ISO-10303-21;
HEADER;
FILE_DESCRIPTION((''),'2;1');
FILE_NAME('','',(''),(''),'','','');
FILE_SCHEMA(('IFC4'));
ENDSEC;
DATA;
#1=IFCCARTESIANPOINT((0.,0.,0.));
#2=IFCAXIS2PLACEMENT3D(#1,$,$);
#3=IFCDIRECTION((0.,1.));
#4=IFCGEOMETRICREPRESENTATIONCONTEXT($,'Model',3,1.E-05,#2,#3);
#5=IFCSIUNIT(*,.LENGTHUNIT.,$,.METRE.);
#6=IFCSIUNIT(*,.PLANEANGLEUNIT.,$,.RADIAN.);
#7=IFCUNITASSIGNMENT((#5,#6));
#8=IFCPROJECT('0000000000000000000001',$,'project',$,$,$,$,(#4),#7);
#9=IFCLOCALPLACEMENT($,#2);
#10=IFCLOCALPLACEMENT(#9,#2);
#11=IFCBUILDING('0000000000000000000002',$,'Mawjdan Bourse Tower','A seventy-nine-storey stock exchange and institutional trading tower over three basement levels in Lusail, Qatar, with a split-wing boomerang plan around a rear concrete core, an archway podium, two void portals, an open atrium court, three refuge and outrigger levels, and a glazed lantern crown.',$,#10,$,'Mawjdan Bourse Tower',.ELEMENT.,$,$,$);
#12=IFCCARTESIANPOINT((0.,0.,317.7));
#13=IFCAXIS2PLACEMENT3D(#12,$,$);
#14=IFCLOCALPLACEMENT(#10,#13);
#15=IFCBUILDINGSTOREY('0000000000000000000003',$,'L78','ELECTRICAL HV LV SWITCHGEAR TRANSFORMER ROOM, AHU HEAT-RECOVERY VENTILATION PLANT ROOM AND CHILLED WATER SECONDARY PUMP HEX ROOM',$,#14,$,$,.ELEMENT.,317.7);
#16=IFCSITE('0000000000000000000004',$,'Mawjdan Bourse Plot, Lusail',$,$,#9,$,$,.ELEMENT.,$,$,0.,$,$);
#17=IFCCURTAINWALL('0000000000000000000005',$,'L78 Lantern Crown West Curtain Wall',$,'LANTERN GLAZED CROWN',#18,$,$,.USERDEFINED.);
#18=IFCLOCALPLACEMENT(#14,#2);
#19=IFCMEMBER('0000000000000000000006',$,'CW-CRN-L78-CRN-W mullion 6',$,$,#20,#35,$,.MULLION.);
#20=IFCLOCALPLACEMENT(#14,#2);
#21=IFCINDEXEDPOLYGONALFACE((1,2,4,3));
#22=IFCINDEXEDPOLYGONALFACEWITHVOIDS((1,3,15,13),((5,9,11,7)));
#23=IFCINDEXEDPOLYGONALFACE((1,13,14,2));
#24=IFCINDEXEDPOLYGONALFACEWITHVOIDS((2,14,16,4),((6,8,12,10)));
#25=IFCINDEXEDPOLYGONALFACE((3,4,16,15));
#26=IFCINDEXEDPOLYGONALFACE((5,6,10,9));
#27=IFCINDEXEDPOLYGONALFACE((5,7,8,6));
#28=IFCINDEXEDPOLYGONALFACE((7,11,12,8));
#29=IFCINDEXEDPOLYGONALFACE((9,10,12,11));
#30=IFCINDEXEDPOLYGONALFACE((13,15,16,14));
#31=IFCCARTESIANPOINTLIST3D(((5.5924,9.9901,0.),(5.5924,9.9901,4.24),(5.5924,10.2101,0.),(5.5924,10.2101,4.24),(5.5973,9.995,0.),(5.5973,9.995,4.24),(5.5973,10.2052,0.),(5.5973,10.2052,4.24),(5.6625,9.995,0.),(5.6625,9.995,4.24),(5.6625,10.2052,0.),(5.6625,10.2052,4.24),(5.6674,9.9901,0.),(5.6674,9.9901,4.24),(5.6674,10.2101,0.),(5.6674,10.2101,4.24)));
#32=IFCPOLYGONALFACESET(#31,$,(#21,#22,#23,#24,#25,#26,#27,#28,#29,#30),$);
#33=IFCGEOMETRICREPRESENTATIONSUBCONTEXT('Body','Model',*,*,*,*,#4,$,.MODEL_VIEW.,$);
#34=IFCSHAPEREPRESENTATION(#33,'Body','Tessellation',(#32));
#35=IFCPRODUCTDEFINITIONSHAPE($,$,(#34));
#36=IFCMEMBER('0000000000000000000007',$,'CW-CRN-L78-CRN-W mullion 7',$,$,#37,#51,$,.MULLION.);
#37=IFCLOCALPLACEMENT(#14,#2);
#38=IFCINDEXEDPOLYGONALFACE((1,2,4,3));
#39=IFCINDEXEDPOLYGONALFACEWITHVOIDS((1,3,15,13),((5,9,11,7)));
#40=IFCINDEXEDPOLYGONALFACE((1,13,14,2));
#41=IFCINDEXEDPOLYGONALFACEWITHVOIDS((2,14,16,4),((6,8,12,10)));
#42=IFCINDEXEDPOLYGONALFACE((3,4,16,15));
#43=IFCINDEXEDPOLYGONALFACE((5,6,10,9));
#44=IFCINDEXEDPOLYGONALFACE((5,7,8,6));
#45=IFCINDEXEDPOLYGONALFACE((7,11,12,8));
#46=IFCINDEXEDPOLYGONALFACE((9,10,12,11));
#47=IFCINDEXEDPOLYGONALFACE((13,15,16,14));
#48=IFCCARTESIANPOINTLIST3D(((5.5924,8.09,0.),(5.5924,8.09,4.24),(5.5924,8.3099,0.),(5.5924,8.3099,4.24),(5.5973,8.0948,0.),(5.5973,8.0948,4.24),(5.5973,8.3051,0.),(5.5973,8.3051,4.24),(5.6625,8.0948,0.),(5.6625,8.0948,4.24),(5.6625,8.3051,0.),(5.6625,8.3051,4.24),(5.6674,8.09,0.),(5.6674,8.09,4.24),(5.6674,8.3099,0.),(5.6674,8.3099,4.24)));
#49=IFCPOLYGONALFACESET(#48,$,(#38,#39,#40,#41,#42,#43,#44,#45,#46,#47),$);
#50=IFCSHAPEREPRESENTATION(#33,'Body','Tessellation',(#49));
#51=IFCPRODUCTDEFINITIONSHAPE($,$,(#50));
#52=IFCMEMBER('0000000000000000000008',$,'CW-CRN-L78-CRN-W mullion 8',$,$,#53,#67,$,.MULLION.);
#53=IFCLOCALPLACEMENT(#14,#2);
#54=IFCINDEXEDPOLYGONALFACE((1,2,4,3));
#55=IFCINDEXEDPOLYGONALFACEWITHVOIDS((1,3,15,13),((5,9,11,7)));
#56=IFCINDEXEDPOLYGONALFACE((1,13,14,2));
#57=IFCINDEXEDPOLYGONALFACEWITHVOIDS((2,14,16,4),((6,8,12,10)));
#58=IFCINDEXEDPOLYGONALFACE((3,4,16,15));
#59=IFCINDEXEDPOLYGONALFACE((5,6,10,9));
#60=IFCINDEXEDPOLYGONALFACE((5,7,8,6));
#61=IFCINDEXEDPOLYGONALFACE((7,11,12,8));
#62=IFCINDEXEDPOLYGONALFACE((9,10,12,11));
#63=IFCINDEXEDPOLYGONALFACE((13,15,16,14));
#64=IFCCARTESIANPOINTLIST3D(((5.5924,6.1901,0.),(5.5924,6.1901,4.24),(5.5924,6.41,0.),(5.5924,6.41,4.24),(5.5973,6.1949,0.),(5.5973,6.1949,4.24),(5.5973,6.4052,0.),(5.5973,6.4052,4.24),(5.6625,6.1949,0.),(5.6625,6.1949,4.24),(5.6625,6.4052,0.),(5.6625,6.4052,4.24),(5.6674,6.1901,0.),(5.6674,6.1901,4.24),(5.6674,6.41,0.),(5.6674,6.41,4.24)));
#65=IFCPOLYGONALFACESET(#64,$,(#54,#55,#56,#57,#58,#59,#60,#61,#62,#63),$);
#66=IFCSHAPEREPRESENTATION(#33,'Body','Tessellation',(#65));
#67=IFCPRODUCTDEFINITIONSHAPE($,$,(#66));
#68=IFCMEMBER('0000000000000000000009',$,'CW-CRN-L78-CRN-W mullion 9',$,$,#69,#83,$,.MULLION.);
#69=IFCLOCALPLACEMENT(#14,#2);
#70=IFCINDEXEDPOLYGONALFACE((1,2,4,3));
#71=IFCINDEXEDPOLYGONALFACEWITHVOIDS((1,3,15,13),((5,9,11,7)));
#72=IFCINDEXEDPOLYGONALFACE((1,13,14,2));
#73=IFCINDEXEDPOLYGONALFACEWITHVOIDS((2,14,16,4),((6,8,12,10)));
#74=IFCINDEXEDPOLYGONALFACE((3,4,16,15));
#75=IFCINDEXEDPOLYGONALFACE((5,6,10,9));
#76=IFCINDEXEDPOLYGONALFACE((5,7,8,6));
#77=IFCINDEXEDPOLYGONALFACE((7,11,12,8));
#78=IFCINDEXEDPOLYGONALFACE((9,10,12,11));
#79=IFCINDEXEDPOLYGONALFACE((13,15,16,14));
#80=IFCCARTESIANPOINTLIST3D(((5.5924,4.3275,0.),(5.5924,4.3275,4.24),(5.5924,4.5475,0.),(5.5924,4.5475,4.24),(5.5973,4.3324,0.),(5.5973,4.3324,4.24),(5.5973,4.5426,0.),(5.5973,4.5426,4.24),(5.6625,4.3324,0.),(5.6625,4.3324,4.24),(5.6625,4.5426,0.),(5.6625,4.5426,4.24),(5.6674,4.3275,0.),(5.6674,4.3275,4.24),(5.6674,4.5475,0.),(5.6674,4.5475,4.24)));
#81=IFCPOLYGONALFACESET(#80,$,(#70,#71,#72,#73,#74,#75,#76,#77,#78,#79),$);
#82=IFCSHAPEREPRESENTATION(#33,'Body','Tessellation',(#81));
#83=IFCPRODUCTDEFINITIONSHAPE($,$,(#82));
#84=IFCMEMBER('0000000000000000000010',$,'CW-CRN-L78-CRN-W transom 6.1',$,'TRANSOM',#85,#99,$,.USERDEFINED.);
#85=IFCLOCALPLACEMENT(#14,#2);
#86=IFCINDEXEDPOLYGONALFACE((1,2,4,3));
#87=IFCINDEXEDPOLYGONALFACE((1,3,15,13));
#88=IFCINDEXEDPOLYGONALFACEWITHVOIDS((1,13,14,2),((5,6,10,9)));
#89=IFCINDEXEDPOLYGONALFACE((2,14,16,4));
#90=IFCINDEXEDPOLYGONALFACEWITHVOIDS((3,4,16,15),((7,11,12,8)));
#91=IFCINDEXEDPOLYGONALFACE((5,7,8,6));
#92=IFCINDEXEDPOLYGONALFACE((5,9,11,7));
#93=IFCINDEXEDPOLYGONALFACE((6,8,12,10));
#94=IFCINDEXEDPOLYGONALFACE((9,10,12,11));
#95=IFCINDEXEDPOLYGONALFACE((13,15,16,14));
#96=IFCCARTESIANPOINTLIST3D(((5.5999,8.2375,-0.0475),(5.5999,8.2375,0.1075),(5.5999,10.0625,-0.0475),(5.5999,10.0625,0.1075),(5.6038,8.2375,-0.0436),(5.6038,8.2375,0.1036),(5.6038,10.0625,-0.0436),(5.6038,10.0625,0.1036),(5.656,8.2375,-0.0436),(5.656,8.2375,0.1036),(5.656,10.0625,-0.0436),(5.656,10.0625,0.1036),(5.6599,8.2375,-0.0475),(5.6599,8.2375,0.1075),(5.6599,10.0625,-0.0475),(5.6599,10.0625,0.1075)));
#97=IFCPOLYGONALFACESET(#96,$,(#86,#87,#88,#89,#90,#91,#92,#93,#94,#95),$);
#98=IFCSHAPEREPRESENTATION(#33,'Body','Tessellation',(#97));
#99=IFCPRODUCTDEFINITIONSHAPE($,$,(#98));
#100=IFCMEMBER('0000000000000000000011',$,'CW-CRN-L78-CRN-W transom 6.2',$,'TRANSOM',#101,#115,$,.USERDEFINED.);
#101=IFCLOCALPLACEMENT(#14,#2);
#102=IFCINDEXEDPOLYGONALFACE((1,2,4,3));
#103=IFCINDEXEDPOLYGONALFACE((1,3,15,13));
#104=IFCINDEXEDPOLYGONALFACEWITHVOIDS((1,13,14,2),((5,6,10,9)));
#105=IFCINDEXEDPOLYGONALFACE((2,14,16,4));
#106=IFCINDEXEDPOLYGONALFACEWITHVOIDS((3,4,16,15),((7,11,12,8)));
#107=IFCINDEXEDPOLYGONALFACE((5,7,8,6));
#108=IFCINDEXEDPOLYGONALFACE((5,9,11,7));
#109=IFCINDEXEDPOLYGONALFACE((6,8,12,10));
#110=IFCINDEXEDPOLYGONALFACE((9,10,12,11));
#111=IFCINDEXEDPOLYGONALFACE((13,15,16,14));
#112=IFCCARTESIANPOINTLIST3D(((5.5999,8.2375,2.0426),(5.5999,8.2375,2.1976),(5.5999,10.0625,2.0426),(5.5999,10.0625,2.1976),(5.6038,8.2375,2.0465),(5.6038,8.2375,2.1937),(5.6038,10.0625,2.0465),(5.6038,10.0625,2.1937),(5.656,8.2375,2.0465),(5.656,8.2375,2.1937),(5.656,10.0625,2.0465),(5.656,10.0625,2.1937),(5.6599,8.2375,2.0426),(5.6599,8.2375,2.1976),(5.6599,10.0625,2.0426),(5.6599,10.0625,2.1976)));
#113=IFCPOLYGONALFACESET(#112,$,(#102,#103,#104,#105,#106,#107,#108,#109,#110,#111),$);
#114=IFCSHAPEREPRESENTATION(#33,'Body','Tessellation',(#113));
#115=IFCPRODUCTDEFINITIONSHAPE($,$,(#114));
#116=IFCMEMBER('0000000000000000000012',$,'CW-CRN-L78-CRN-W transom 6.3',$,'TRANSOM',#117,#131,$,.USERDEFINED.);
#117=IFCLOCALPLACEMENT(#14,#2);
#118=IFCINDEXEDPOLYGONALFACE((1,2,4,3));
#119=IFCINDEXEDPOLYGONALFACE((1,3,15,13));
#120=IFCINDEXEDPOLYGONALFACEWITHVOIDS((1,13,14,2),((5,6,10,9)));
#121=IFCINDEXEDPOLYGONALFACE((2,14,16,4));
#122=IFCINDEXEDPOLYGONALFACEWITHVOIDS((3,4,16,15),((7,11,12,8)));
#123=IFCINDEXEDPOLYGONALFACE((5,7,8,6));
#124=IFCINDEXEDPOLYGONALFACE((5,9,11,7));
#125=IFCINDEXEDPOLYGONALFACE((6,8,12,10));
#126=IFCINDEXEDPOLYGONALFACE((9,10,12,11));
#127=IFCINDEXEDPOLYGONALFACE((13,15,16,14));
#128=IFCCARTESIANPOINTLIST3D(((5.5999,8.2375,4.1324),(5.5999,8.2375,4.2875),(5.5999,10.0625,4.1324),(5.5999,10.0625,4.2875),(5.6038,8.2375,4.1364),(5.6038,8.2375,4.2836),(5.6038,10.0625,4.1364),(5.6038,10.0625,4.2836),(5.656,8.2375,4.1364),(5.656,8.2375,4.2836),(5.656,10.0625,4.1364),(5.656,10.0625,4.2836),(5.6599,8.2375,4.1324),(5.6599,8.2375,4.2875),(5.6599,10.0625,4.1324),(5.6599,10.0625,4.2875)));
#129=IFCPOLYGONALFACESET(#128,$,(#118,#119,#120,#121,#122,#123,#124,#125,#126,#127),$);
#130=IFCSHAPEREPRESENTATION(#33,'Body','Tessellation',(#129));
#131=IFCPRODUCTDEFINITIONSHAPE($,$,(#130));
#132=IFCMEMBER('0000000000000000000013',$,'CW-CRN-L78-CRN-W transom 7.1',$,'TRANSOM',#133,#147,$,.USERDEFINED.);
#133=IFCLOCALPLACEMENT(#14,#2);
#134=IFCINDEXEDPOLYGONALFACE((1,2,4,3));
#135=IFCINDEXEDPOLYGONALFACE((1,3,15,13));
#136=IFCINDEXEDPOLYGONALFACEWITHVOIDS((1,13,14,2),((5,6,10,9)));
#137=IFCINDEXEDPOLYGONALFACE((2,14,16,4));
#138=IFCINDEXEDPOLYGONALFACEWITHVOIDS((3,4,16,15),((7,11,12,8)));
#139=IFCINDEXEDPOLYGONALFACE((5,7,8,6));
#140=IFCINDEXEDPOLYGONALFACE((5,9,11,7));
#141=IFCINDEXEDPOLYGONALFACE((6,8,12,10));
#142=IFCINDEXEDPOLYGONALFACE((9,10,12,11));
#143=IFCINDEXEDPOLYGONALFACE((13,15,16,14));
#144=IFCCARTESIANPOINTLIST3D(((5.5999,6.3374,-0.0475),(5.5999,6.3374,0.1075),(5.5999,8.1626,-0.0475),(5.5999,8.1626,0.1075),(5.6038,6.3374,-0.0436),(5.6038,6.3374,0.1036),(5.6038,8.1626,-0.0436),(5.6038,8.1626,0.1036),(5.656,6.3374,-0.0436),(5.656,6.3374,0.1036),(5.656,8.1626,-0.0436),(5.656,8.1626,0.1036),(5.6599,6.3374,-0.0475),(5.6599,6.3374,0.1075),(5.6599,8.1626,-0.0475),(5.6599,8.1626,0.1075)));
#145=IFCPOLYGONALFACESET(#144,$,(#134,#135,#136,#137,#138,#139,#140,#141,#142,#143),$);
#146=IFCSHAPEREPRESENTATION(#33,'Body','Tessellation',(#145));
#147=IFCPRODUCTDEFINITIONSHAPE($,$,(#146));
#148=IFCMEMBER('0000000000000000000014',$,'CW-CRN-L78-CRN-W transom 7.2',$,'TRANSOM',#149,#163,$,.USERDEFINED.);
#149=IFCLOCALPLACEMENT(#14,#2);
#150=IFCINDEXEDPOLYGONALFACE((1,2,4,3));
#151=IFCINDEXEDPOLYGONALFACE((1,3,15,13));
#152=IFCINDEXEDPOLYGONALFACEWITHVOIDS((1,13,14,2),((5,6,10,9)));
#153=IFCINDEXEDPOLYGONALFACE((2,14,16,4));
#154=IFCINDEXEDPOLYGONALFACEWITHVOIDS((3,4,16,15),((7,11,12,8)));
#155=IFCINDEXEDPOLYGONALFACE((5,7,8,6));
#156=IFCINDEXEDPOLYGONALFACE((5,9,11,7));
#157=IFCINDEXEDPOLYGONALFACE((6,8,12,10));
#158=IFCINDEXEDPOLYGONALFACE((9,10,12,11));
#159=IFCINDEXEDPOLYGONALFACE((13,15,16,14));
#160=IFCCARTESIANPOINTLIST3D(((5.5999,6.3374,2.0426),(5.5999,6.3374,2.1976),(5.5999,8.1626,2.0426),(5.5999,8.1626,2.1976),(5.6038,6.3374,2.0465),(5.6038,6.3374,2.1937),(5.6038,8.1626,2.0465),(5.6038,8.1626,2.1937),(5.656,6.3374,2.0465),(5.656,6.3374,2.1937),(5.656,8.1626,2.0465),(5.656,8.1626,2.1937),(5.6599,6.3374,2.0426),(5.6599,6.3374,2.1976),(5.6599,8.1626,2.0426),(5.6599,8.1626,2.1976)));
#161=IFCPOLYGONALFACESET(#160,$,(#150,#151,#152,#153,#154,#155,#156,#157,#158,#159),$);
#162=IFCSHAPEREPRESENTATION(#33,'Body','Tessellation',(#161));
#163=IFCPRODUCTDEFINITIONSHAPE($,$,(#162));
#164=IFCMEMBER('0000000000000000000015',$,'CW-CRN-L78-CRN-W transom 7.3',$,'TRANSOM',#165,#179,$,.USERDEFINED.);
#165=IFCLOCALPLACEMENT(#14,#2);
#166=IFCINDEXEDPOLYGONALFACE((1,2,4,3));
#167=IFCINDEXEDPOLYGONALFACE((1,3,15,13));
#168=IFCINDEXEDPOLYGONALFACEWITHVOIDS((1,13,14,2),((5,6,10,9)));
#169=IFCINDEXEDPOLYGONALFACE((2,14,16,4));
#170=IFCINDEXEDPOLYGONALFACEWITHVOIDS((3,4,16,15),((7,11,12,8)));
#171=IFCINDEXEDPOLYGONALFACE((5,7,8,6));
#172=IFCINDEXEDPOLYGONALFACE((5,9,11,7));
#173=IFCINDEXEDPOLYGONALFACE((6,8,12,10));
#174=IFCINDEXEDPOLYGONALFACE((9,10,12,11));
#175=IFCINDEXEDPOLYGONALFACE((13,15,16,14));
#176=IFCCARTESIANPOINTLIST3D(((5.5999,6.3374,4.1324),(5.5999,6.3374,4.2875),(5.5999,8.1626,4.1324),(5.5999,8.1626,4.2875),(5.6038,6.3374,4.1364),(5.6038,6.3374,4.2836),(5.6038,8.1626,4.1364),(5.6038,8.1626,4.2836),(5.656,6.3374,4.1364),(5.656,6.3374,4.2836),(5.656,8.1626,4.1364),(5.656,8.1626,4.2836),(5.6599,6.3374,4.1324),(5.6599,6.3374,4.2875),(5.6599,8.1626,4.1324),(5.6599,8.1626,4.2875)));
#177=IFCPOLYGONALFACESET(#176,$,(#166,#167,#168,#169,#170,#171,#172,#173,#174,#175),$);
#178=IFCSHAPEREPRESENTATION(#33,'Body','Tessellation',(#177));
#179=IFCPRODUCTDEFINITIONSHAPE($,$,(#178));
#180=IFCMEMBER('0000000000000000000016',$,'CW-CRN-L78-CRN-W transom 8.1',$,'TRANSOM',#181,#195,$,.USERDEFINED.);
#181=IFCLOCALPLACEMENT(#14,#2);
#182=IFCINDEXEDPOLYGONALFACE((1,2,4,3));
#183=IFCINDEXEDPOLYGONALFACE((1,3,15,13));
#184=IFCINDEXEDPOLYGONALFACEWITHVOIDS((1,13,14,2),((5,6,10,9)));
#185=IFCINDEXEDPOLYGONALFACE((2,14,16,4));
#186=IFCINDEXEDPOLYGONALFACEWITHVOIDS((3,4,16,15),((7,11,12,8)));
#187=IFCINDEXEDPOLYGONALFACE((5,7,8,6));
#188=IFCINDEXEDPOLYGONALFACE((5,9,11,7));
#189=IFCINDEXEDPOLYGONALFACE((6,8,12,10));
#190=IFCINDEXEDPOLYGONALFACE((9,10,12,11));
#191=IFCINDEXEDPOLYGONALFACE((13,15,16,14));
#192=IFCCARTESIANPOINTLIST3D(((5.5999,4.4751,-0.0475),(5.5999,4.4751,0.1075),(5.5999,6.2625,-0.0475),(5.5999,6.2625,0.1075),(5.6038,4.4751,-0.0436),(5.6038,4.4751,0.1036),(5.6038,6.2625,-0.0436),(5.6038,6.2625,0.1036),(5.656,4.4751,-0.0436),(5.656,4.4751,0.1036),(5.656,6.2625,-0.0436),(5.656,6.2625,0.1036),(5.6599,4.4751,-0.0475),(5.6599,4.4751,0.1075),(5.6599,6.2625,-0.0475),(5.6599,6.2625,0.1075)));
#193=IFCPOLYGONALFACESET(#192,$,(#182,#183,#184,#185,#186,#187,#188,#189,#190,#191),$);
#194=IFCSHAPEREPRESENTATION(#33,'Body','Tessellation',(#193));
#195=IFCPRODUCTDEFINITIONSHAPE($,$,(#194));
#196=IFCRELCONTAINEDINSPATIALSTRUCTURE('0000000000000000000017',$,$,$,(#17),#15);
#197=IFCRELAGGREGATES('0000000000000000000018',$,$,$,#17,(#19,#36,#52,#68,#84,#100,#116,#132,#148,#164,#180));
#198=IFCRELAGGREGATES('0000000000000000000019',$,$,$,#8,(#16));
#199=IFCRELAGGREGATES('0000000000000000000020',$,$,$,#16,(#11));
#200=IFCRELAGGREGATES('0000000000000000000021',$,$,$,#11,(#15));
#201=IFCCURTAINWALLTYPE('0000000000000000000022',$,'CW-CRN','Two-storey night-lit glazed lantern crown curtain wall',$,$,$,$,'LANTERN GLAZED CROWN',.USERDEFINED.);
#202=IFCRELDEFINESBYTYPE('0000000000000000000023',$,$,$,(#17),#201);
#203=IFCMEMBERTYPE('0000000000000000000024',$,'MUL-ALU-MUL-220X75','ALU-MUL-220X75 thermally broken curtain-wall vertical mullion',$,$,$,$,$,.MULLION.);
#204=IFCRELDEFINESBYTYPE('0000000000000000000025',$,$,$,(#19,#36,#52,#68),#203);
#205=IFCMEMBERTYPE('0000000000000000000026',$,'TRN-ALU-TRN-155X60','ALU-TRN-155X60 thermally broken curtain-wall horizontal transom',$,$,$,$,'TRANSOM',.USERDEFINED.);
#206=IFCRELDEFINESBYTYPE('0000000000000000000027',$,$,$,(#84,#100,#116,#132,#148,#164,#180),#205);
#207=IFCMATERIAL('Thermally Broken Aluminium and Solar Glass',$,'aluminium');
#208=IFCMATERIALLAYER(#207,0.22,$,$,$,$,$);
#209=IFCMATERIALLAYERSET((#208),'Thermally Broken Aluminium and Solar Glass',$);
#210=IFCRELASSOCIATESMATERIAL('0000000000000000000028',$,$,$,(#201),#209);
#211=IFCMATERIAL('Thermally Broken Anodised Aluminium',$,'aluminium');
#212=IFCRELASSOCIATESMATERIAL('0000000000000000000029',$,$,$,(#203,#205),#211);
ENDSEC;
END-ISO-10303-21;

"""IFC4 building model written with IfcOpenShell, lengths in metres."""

from ifc_helpers import new_model, si_unit, direction, frame, origin, origin_2d, place, context, subcontext, project, spatial, hollow_rectangle, extrude, material, layer, layer_set, material_profile, profile_set, type_object, element, aggregate, save


model = new_model("IFC4")

# Units and contexts
model_context = context("Model", 3, precision=1e-05, world=origin(), true_north=direction((0.0, 1.0)))
body_context = subcontext(model_context, "Body", "Model", "MODEL_VIEW")
ifc_project = project(units=[si_unit("LENGTHUNIT", "METRE"), si_unit("PLANEANGLEUNIT", "RADIAN")], contexts=[model_context])

# Site, building, storey
site_placement = place(None, origin())
site = spatial("IfcSite", under=ifc_project, at=site_placement, Name="Mawjdan Bourse Plot, Lusail", CompositionType="ELEMENT", RefElevation=0.0)
building_placement = place(site_placement, origin())
building = spatial("IfcBuilding", under=site, at=building_placement, Name="Mawjdan Bourse Tower", Description="A seventy-nine-storey stock exchange and institutional trading tower over three basement levels in Lusail, Qatar, with a split-wing boomerang plan around a rear concrete core, an archway podium, two void portals, an open atrium court, three refuge and outrigger levels, and a glazed lantern crown.", LongName="Mawjdan Bourse Tower", CompositionType="ELEMENT")
storey_placement = place(building_placement, frame((0.0, 0.0, 317.7)))
storey = spatial("IfcBuildingStorey", under=building, at=storey_placement, Name="L78", Description="ELECTRICAL HV LV SWITCHGEAR TRANSFORMER ROOM, AHU HEAT-RECOVERY VENTILATION PLANT ROOM AND CHILLED WATER SECONDARY PUMP HEX ROOM", CompositionType="ELEMENT", Elevation=317.7)

# Curtain wall, members
ifc_material_1 = material(Name="Thermally Broken Aluminium and Solar Glass", Category="aluminium")
ifc_layer_1 = layer(ifc_material_1, 0.22)
ifc_layer_set_1 = layer_set([ifc_layer_1], Name="Thermally Broken Aluminium and Solar Glass")
curtain_wall_type = type_object("IfcCurtainWallType", Name="CW-CRN", Description="Two-storey night-lit glazed lantern crown curtain wall", ElementType="LANTERN GLAZED CROWN", PredefinedType="USERDEFINED", material=ifc_layer_set_1)
curtain_wall_placement = place(storey_placement, origin())
curtain_wall = element("IfcCurtainWall", 1, at=curtain_wall_placement, inside=storey, type_object=curtain_wall_type, Name="L78 Lantern Crown West Curtain Wall", ObjectType="LANTERN GLAZED CROWN", PredefinedType="USERDEFINED")
ifc_material_2 = material(Name="Thermally Broken Anodised Aluminium", Category="aluminium")
ifc_material_profile_1 = material_profile(ifc_material_2, hollow_rectangle(XDim=0.075, YDim=0.22, WallThickness=0.0049, at=origin_2d()), Name="ALU-MUL-220X75")
ifc_profile_set_1 = profile_set([ifc_material_profile_1], Name="Thermally Broken Anodised Aluminium")
member_type_1 = type_object("IfcMemberType", Name="MUL-ALU-MUL-220X75", Description="ALU-MUL-220X75 thermally broken curtain-wall vertical mullion", PredefinedType="MULLION", material=ifc_profile_set_1)
member_1_placement = place(storey_placement, frame((5.6299, 10.1001, 0.0), z_axis=(0.0, 0.0, 1.0), x_axis=(1.0, 0.0, 0.0)))
member_1 = element("IfcMember", 2, at=member_1_placement, type_object=member_type_1, Name="CW-CRN-L78-CRN-W mullion 6", PredefinedType="MULLION", context=body_context, shape_type="SweptSolid", body=[
    extrude(hollow_rectangle(XDim=0.075, YDim=0.22, WallThickness=0.0049, at=origin_2d()), origin(), (0.0, 0.0, 1.0), 4.24),
])
member_2_placement = place(storey_placement, frame((5.6299, 8.2, 0.0), z_axis=(0.0, 0.0, 1.0), x_axis=(1.0, 0.0, 0.0)))
member_2 = element("IfcMember", 3, at=member_2_placement, type_object=member_type_1, Name="CW-CRN-L78-CRN-W mullion 7", PredefinedType="MULLION", context=body_context, shape_type="SweptSolid", body=[
    extrude(hollow_rectangle(XDim=0.075, YDim=0.22, WallThickness=0.0049, at=origin_2d()), origin(), (0.0, 0.0, 1.0), 4.24),
])
member_3_placement = place(storey_placement, frame((5.6299, 6.3, 0.0), z_axis=(0.0, 0.0, 1.0), x_axis=(1.0, 0.0, 0.0)))
member_3 = element("IfcMember", 4, at=member_3_placement, type_object=member_type_1, Name="CW-CRN-L78-CRN-W mullion 8", PredefinedType="MULLION", context=body_context, shape_type="SweptSolid", body=[
    extrude(hollow_rectangle(XDim=0.075, YDim=0.22, WallThickness=0.0049, at=origin_2d()), origin(), (0.0, 0.0, 1.0), 4.24),
])
member_4_placement = place(storey_placement, frame((5.6299, 4.4375, 0.0), z_axis=(0.0, 0.0, 1.0), x_axis=(1.0, 0.0, 0.0)))
member_4 = element("IfcMember", 5, at=member_4_placement, type_object=member_type_1, Name="CW-CRN-L78-CRN-W mullion 9", PredefinedType="MULLION", context=body_context, shape_type="SweptSolid", body=[
    extrude(hollow_rectangle(XDim=0.075, YDim=0.22, WallThickness=0.0049, at=origin_2d()), origin(), (0.0, 0.0, 1.0), 4.24),
])
ifc_material_profile_2 = material_profile(ifc_material_2, hollow_rectangle(XDim=0.0601, YDim=0.155, WallThickness=0.0039, at=origin_2d()), Name="ALU-TRN-155X60")
ifc_profile_set_2 = profile_set([ifc_material_profile_2], Name="Thermally Broken Anodised Aluminium")
member_type_2 = type_object("IfcMemberType", Name="TRN-ALU-TRN-155X60", Description="ALU-TRN-155X60 thermally broken curtain-wall horizontal transom", ElementType="TRANSOM", PredefinedType="USERDEFINED", material=ifc_profile_set_2)
member_5_placement = place(storey_placement, frame((5.6299, 10.0625, 0.03), z_axis=(0.0, -1.0, 0.0), x_axis=(1.0, 0.0, 0.0)))
member_5 = element("IfcMember", 6, at=member_5_placement, type_object=member_type_2, Name="CW-CRN-L78-CRN-W transom 6.1", ObjectType="TRANSOM", PredefinedType="USERDEFINED", context=body_context, shape_type="SweptSolid", body=[
    extrude(hollow_rectangle(XDim=0.0601, YDim=0.155, WallThickness=0.0039, at=origin_2d()), origin(), (0.0, 0.0, 1.0), 1.825),
])
member_6_placement = place(storey_placement, frame((5.6299, 10.0625, 2.1201), z_axis=(0.0, -1.0, 0.0), x_axis=(1.0, 0.0, 0.0)))
member_6 = element("IfcMember", 7, at=member_6_placement, type_object=member_type_2, Name="CW-CRN-L78-CRN-W transom 6.2", ObjectType="TRANSOM", PredefinedType="USERDEFINED", context=body_context, shape_type="SweptSolid", body=[
    extrude(hollow_rectangle(XDim=0.0601, YDim=0.155, WallThickness=0.0039, at=origin_2d()), origin(), (0.0, 0.0, 1.0), 1.825),
])
member_7_placement = place(storey_placement, frame((5.6299, 10.0625, 4.21), z_axis=(0.0, -1.0, 0.0), x_axis=(1.0, 0.0, 0.0)))
member_7 = element("IfcMember", 8, at=member_7_placement, type_object=member_type_2, Name="CW-CRN-L78-CRN-W transom 6.3", ObjectType="TRANSOM", PredefinedType="USERDEFINED", context=body_context, shape_type="SweptSolid", body=[
    extrude(hollow_rectangle(XDim=0.0601, YDim=0.155, WallThickness=0.0039, at=origin_2d()), origin(), (0.0, 0.0, 1.0), 1.825),
])
member_8_placement = place(storey_placement, frame((5.6299, 8.1626, 0.03), z_axis=(0.0, -1.0, 0.0), x_axis=(1.0, 0.0, 0.0)))
member_8 = element("IfcMember", 9, at=member_8_placement, type_object=member_type_2, Name="CW-CRN-L78-CRN-W transom 7.1", ObjectType="TRANSOM", PredefinedType="USERDEFINED", context=body_context, shape_type="SweptSolid", body=[
    extrude(hollow_rectangle(XDim=0.0601, YDim=0.155, WallThickness=0.0039, at=origin_2d()), origin(), (0.0, 0.0, 1.0), 1.8252),
])
member_9_placement = place(storey_placement, frame((5.6299, 8.1626, 2.1201), z_axis=(0.0, -1.0, 0.0), x_axis=(1.0, 0.0, 0.0)))
member_9 = element("IfcMember", 10, at=member_9_placement, type_object=member_type_2, Name="CW-CRN-L78-CRN-W transom 7.2", ObjectType="TRANSOM", PredefinedType="USERDEFINED", context=body_context, shape_type="SweptSolid", body=[
    extrude(hollow_rectangle(XDim=0.0601, YDim=0.155, WallThickness=0.0039, at=origin_2d()), origin(), (0.0, 0.0, 1.0), 1.8252),
])
member_10_placement = place(storey_placement, frame((5.6299, 8.1626, 4.21), z_axis=(0.0, -1.0, 0.0), x_axis=(1.0, 0.0, 0.0)))
member_10 = element("IfcMember", 11, at=member_10_placement, type_object=member_type_2, Name="CW-CRN-L78-CRN-W transom 7.3", ObjectType="TRANSOM", PredefinedType="USERDEFINED", context=body_context, shape_type="SweptSolid", body=[
    extrude(hollow_rectangle(XDim=0.0601, YDim=0.155, WallThickness=0.0039, at=origin_2d()), origin(), (0.0, 0.0, 1.0), 1.8252),
])
member_11_placement = place(storey_placement, frame((5.6299, 6.2625, 0.03), z_axis=(0.0, -1.0, 0.0), x_axis=(1.0, 0.0, 0.0)))
member_11 = element("IfcMember", 12, at=member_11_placement, type_object=member_type_2, Name="CW-CRN-L78-CRN-W transom 8.1", ObjectType="TRANSOM", PredefinedType="USERDEFINED", context=body_context, shape_type="SweptSolid", body=[
    extrude(hollow_rectangle(XDim=0.0601, YDim=0.155, WallThickness=0.0039, at=origin_2d()), origin(), (0.0, 0.0, 1.0), 1.7874),
])
aggregate(curtain_wall, [member_1, member_2, member_3, member_4, member_5, member_6, member_7, member_8, member_9, member_10, member_11])

save(model, "model.ifc")
